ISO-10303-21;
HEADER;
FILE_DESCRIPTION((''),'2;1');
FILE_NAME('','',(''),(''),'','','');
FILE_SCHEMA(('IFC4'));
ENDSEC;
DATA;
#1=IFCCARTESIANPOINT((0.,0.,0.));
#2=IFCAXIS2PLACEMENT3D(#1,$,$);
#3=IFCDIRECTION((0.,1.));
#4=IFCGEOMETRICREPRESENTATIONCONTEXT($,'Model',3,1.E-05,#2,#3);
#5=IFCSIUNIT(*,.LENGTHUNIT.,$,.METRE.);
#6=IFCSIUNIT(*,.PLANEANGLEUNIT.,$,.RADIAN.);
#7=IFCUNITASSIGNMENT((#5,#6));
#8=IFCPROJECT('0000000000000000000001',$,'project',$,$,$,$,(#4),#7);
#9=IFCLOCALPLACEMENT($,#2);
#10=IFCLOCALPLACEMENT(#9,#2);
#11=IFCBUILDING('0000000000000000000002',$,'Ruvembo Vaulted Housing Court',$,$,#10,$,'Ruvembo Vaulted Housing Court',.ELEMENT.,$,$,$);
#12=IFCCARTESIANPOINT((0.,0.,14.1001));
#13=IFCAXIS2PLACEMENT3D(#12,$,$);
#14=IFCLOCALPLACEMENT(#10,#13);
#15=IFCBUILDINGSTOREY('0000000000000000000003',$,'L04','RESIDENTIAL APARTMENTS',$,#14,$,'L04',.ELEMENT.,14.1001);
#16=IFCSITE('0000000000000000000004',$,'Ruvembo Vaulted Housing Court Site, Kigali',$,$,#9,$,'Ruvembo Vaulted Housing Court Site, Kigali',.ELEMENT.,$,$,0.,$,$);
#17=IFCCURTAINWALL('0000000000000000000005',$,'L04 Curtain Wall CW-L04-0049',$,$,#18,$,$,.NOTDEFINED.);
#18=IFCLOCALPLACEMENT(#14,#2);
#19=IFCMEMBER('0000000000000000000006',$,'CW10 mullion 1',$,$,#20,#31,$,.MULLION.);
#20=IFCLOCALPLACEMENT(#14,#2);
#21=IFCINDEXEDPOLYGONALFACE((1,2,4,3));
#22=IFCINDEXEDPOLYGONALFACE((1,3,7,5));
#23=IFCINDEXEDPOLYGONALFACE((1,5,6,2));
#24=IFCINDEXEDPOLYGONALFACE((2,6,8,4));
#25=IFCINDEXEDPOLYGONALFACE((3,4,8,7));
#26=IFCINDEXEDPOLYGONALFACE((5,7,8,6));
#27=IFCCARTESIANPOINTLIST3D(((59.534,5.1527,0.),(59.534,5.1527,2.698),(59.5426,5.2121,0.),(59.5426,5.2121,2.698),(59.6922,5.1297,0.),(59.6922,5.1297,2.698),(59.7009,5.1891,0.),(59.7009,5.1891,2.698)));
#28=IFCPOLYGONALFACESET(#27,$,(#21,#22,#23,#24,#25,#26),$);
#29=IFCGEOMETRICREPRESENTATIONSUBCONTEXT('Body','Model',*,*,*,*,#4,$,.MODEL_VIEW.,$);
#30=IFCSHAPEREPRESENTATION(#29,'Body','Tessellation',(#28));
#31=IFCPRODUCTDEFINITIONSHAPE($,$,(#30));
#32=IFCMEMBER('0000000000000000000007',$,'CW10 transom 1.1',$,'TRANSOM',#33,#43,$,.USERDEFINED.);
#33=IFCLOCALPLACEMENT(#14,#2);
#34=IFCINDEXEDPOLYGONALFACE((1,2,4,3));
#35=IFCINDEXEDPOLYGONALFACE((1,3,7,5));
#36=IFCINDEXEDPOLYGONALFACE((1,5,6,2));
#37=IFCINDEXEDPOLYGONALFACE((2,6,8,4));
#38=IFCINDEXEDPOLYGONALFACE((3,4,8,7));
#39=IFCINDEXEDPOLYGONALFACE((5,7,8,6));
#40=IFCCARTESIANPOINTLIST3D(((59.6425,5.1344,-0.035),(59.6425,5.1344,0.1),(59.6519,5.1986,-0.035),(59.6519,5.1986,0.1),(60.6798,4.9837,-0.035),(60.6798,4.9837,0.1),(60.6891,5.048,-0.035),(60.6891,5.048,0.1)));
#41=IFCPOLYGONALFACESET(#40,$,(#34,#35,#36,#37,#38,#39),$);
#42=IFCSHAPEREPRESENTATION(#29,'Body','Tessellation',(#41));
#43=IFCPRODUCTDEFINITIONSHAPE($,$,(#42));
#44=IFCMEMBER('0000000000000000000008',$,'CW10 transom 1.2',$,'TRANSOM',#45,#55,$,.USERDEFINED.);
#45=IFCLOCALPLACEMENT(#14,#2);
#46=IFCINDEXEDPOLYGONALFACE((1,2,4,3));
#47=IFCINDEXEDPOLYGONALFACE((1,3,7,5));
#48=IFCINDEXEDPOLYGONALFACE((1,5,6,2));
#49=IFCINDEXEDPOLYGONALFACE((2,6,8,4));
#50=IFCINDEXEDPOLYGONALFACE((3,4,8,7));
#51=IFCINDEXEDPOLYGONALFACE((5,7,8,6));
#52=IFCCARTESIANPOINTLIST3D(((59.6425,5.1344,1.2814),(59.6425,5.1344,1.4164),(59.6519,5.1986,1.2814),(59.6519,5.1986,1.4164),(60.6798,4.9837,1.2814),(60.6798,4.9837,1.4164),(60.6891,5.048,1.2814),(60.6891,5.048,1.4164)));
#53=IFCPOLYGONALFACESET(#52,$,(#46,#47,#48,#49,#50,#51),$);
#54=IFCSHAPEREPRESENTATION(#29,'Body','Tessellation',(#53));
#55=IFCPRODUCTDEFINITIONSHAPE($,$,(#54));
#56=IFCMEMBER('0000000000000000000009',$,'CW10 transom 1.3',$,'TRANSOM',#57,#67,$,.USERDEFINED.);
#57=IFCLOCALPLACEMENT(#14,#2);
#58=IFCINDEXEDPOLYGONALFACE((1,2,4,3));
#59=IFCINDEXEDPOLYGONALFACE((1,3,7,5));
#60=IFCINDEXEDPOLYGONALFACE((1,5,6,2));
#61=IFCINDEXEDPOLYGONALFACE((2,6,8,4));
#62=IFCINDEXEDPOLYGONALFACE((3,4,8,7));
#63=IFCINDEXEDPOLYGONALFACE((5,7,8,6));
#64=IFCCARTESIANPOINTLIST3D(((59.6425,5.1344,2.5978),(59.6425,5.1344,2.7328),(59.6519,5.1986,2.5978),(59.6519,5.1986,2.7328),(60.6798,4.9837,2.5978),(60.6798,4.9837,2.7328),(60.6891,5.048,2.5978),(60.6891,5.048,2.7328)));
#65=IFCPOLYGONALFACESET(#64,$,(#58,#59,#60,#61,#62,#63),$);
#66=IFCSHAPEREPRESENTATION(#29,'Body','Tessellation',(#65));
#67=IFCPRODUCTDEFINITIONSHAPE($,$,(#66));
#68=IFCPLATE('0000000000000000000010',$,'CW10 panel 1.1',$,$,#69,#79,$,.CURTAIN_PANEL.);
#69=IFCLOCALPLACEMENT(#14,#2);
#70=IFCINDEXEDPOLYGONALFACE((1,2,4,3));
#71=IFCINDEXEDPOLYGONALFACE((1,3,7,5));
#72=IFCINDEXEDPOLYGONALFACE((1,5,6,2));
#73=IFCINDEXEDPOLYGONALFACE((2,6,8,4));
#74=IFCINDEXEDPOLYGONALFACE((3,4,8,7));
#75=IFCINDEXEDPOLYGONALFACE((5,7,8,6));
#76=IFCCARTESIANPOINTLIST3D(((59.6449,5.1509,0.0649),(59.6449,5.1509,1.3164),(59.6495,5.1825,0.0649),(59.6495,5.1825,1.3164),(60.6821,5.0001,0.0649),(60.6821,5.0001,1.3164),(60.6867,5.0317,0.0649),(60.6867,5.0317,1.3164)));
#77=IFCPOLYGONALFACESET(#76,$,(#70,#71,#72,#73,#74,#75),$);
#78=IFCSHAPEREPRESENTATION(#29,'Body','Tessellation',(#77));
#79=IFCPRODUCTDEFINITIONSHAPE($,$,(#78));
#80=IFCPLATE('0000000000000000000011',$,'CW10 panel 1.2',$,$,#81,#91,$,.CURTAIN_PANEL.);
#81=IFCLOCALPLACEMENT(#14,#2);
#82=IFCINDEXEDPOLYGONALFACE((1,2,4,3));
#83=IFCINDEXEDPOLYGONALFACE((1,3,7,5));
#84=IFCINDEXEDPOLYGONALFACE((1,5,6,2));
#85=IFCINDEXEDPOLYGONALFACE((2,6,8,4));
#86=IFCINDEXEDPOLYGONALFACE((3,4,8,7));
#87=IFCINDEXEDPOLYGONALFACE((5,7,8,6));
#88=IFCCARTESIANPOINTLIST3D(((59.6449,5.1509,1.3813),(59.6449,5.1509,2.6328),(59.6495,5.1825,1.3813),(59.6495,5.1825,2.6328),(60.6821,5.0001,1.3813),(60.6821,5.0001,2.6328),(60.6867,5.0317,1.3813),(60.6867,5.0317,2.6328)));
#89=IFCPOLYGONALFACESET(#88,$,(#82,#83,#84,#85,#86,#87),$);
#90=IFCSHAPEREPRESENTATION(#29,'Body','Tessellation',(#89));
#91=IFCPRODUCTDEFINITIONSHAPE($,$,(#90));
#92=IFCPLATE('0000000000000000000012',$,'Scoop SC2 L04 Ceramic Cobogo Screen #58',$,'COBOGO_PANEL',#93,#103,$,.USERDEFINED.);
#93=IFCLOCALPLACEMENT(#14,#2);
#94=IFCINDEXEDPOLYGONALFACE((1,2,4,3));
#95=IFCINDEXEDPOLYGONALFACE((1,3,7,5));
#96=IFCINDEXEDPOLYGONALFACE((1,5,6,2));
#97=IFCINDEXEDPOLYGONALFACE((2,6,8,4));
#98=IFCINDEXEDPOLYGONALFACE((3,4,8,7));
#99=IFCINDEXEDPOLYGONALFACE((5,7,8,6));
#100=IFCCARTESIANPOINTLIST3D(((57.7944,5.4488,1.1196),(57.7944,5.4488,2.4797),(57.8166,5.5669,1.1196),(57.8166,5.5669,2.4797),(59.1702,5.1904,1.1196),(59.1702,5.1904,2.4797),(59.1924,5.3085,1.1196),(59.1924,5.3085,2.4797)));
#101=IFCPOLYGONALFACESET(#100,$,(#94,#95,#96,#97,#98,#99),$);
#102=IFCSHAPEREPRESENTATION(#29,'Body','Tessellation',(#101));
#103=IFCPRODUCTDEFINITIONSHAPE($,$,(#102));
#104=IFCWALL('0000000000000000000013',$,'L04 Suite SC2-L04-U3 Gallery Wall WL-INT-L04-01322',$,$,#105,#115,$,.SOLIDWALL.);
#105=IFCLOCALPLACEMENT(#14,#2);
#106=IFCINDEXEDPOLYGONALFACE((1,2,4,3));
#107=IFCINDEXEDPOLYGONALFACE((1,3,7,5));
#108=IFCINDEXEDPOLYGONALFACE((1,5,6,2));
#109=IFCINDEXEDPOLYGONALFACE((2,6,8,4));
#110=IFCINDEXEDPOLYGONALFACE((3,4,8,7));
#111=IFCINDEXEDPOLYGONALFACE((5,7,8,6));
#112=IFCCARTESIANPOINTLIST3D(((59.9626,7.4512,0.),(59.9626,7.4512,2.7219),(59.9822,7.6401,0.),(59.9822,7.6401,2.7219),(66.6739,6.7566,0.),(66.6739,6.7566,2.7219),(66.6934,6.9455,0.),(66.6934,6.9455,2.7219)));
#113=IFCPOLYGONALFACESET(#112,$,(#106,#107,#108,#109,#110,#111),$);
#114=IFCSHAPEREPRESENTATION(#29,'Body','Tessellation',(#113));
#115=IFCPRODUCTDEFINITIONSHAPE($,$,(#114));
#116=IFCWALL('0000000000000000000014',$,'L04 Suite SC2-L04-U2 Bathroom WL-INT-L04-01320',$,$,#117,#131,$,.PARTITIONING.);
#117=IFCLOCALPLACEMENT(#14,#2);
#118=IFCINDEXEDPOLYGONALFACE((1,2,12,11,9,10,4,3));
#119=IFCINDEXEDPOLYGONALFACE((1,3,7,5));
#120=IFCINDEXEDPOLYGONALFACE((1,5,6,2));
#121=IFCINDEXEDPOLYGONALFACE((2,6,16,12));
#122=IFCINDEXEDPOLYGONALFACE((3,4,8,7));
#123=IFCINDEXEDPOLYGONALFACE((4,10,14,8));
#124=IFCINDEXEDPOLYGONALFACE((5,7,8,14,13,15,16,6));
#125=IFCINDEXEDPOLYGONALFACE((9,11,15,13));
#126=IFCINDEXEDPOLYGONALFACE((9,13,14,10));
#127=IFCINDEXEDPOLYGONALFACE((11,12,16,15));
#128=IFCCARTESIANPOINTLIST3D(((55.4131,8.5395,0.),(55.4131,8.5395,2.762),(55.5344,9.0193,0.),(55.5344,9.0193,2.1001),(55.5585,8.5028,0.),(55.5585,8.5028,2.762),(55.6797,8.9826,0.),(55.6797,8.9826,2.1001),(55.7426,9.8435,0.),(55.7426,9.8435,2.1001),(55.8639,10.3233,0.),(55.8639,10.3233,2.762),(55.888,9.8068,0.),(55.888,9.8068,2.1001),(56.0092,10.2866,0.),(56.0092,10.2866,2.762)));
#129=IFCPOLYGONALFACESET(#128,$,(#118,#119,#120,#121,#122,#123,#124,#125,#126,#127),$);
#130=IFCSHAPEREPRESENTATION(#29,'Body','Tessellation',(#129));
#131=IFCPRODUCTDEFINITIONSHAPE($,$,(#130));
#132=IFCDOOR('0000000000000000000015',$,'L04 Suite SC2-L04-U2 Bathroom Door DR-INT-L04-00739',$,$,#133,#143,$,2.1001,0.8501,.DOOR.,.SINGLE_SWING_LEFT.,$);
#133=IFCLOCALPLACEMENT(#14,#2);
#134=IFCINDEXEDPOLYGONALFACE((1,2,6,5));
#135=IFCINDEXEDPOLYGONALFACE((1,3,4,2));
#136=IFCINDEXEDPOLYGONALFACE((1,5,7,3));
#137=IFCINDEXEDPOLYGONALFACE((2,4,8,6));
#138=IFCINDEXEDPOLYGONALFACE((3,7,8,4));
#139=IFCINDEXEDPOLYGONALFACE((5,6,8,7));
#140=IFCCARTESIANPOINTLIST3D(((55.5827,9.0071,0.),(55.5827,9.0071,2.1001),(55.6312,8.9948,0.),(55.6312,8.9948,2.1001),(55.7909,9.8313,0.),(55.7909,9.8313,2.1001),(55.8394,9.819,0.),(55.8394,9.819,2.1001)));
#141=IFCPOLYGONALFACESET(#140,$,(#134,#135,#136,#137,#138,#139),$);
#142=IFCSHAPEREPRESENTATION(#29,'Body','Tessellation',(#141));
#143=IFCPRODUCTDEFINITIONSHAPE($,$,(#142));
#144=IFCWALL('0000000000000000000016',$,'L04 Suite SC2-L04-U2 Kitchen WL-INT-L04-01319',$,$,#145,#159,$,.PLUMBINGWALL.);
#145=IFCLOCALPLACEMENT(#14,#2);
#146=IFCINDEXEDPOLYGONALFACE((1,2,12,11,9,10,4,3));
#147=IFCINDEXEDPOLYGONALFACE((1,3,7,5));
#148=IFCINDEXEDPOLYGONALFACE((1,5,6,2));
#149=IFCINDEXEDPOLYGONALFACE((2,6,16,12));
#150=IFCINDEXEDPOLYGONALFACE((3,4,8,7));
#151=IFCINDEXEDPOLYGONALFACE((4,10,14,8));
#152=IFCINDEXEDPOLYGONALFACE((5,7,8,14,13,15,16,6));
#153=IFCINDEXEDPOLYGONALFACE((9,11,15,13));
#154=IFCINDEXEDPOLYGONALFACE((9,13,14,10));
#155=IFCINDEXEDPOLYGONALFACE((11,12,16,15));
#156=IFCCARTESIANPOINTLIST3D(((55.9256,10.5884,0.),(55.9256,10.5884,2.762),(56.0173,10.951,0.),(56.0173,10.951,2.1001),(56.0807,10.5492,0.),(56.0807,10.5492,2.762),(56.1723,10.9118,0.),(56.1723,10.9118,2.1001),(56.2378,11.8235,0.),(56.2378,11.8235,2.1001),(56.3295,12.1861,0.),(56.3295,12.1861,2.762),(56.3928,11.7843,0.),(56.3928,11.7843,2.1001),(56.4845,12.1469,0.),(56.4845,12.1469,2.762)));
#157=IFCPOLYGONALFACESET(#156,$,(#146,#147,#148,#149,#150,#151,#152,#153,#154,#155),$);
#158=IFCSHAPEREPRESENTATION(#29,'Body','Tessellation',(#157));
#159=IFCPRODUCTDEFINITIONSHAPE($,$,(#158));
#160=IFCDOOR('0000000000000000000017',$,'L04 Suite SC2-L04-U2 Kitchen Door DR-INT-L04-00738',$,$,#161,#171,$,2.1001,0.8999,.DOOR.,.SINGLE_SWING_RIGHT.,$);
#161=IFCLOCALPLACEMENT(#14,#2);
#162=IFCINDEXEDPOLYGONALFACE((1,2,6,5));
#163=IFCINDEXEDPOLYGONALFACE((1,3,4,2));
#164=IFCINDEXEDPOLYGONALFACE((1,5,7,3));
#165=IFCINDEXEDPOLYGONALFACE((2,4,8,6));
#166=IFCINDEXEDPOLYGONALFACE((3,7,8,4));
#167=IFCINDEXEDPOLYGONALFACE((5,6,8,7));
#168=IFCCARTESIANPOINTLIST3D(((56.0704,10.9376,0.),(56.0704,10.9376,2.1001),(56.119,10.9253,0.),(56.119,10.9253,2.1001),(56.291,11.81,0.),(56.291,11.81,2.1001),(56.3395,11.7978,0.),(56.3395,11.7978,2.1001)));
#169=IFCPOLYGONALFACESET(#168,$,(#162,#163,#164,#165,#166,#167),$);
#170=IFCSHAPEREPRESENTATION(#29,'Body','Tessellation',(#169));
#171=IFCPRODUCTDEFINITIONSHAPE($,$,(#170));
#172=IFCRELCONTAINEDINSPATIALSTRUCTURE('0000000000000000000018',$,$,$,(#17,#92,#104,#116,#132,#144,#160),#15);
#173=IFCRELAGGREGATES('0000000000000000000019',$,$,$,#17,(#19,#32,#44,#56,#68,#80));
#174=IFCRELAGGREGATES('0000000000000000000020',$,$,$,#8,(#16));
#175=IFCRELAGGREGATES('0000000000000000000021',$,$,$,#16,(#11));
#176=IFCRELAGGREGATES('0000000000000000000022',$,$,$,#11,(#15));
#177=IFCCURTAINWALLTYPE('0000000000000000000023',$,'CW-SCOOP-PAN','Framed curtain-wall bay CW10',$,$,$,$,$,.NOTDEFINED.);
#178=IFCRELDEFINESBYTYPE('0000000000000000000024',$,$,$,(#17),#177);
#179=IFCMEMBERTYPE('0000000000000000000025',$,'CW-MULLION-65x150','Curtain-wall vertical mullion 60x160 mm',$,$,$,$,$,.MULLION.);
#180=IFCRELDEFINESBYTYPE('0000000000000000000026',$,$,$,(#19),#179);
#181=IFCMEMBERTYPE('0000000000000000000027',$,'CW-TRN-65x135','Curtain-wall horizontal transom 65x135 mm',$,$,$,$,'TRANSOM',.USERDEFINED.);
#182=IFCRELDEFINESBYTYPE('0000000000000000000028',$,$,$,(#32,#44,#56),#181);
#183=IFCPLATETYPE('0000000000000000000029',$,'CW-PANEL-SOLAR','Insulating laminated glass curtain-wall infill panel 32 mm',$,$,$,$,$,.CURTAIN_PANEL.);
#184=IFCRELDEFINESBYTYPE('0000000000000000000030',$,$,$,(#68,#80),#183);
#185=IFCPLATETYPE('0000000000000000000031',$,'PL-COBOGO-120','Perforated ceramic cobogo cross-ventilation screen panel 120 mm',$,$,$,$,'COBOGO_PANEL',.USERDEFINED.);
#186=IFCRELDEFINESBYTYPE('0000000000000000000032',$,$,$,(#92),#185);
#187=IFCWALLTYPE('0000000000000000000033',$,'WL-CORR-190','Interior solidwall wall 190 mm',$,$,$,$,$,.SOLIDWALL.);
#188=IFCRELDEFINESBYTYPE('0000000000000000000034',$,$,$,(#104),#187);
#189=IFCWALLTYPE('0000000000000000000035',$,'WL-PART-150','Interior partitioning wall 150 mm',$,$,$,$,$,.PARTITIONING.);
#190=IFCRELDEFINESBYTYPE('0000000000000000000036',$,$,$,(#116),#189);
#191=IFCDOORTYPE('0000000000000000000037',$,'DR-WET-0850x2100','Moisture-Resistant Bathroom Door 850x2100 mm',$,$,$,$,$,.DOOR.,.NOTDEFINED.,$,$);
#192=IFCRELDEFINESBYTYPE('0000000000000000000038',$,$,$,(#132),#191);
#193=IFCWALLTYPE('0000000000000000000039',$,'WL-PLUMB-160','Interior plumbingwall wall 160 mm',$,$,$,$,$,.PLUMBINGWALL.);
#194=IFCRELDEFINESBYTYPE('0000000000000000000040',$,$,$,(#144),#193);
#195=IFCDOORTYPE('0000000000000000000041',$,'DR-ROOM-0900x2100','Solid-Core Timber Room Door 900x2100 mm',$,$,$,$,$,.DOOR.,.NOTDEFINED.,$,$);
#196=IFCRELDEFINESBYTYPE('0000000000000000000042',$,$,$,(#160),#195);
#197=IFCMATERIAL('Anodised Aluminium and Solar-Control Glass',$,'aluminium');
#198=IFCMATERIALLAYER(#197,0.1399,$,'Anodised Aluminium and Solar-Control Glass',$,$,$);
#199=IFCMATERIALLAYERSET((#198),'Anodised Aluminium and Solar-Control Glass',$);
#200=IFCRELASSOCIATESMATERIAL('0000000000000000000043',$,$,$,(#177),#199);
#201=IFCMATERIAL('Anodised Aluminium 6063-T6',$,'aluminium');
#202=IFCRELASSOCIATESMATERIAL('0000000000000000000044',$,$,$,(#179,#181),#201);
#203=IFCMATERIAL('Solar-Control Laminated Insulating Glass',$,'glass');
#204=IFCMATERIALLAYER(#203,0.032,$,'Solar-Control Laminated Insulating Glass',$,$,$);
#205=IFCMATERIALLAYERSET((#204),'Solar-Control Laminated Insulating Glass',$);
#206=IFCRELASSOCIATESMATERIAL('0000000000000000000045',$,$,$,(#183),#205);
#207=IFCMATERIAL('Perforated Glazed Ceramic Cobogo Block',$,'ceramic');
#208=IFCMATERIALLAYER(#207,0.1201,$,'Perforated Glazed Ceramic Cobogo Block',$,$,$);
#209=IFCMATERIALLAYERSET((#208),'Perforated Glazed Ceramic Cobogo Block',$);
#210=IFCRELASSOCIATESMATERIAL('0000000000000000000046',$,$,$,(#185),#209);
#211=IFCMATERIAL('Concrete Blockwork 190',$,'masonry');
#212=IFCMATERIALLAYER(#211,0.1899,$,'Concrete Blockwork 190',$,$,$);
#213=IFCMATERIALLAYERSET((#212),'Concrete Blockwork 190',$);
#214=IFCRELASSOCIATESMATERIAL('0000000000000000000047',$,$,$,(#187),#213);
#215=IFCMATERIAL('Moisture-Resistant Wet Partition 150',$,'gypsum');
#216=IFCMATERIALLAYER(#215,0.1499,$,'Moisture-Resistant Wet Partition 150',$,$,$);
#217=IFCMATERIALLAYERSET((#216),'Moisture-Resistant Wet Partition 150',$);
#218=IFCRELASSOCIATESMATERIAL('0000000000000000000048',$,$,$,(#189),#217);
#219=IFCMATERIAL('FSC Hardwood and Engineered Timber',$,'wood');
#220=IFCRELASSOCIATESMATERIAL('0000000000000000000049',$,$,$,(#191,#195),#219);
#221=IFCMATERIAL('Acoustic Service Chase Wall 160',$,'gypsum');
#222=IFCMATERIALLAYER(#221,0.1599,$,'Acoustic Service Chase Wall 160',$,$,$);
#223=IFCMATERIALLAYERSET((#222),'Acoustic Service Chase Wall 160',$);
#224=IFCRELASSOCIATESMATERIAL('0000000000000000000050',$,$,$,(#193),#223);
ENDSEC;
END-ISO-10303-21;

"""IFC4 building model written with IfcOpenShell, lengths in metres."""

from ifc_helpers import new_model, si_unit, direction, frame, frame_2d, origin, origin_2d, place, context, subcontext, project, spatial, rectangle, extrude, material, layer, layer_set, material_profile, profile_set, type_object, element, fill, aggregate, save


model = new_model("IFC4")

# Units and contexts
model_context = context("Model", 3, precision=1e-05, world=origin(), true_north=direction((0.0, 1.0)))
body_context = subcontext(model_context, "Body", "Model", "MODEL_VIEW")
ifc_project = project(units=[si_unit("LENGTHUNIT", "METRE"), si_unit("PLANEANGLEUNIT", "RADIAN")], contexts=[model_context])

# Site, building, storey
site_placement = place(None, origin())
site = spatial("IfcSite", under=ifc_project, at=site_placement, Name="Ruvembo Vaulted Housing Court Site, Kigali", LongName="Ruvembo Vaulted Housing Court Site, Kigali", CompositionType="ELEMENT", RefElevation=0.0)
building_placement = place(site_placement, origin())
building = spatial("IfcBuilding", under=site, at=building_placement, Name="Ruvembo Vaulted Housing Court", LongName="Ruvembo Vaulted Housing Court", CompositionType="ELEMENT")
storey_placement = place(building_placement, frame((0.0, 0.0, 14.1001)))
storey = spatial("IfcBuildingStorey", under=building, at=storey_placement, Name="L04", Description="RESIDENTIAL APARTMENTS", LongName="L04", CompositionType="ELEMENT", Elevation=14.1001)

# Curtain wall, members, plates
ifc_material_1 = material(Name="Anodised Aluminium and Solar-Control Glass", Category="aluminium")
ifc_layer_1 = layer(ifc_material_1, 0.1399, Name="Anodised Aluminium and Solar-Control Glass")
ifc_layer_set_1 = layer_set([ifc_layer_1], Name="Anodised Aluminium and Solar-Control Glass")
curtain_wall_type = type_object("IfcCurtainWallType", Name="CW-SCOOP-PAN", Description="Framed curtain-wall bay CW10", PredefinedType="NOTDEFINED", material=ifc_layer_set_1)
curtain_wall_placement = place(storey_placement, origin())
curtain_wall = element("IfcCurtainWall", 1, at=curtain_wall_placement, inside=storey, type_object=curtain_wall_type, Name="L04 Curtain Wall CW-L04-0049", PredefinedType="NOTDEFINED")
ifc_material_2 = material(Name="Anodised Aluminium 6063-T6", Category="aluminium")
ifc_material_profile_1 = material_profile(ifc_material_2, rectangle(XDim=0.0601, YDim=0.1599, at=origin_2d()), Name="ALU 60x160")
ifc_profile_set_1 = profile_set([ifc_material_profile_1], Name="Anodised Aluminium 6063-T6")
member_type_1 = type_object("IfcMemberType", Name="CW-MULLION-65x150", Description="Curtain-wall vertical mullion 60x160 mm", PredefinedType="MULLION", material=ifc_profile_set_1)
member_1_placement = place(storey_placement, frame((59.6174, 5.1709, 0.0), z_axis=(0.0, 0.0, 1.0), x_axis=(0.143851, 0.989599, 0.0)))
member_1 = element("IfcMember", 2, at=member_1_placement, type_object=member_type_1, Name="CW10 mullion 1", PredefinedType="MULLION", context=body_context, shape_type="SweptSolid", body=[
    extrude(rectangle(XDim=0.0601, YDim=0.1599, at=origin_2d()), origin(), (0.0, 0.0, 1.0), 2.698),
])
ifc_material_profile_2 = material_profile(ifc_material_2, rectangle(XDim=0.0649, YDim=0.135, at=origin_2d()), Name="ALU 65x135")
ifc_profile_set_2 = profile_set([ifc_material_profile_2], Name="Anodised Aluminium 6063-T6")
member_type_2 = type_object("IfcMemberType", Name="CW-TRN-65x135", Description="Curtain-wall horizontal transom 65x135 mm", ElementType="TRANSOM", PredefinedType="USERDEFINED", material=ifc_profile_set_2)
member_2_placement = place(storey_placement, frame((59.6472, 5.1665, 0.0325), z_axis=(0.989616, -0.143737, 0.0), x_axis=(0.143737, 0.989616, 0.0)))
member_2 = element("IfcMember", 3, at=member_2_placement, type_object=member_type_2, Name="CW10 transom 1.1", ObjectType="TRANSOM", PredefinedType="USERDEFINED", context=body_context, shape_type="SweptSolid", body=[
    extrude(rectangle(XDim=0.0649, YDim=0.135, at=origin_2d()), origin(), (0.0, 0.0, 1.0), 1.0481),
])
member_3_placement = place(storey_placement, frame((59.6472, 5.1665, 1.3489), z_axis=(0.989616, -0.143737, 0.0), x_axis=(0.143737, 0.989616, 0.0)))
member_3 = element("IfcMember", 4, at=member_3_placement, type_object=member_type_2, Name="CW10 transom 1.2", ObjectType="TRANSOM", PredefinedType="USERDEFINED", context=body_context, shape_type="SweptSolid", body=[
    extrude(rectangle(XDim=0.0649, YDim=0.135, at=origin_2d()), origin(), (0.0, 0.0, 1.0), 1.0481),
])
member_4_placement = place(storey_placement, frame((59.6472, 5.1665, 2.6653), z_axis=(0.989616, -0.143737, 0.0), x_axis=(0.143737, 0.989616, 0.0)))
member_4 = element("IfcMember", 5, at=member_4_placement, type_object=member_type_2, Name="CW10 transom 1.3", ObjectType="TRANSOM", PredefinedType="USERDEFINED", context=body_context, shape_type="SweptSolid", body=[
    extrude(rectangle(XDim=0.0649, YDim=0.135, at=origin_2d()), origin(), (0.0, 0.0, 1.0), 1.0481),
])
ifc_material_3 = material(Name="Solar-Control Laminated Insulating Glass", Category="glass")
ifc_layer_2 = layer(ifc_material_3, 0.032, Name="Solar-Control Laminated Insulating Glass")
ifc_layer_set_2 = layer_set([ifc_layer_2], Name="Solar-Control Laminated Insulating Glass")
plate_type_1 = type_object("IfcPlateType", Name="CW-PANEL-SOLAR", Description="Insulating laminated glass curtain-wall infill panel 32 mm", PredefinedType="CURTAIN_PANEL", material=ifc_layer_set_2)
plate_1_placement = place(storey_placement, frame((60.1658, 5.0913, 0.0649), z_axis=(0.0, 0.0, 1.0), x_axis=(0.989599, -0.143851, 0.0)))
plate_1 = element("IfcPlate", 6, at=plate_1_placement, type_object=plate_type_1, Name="CW10 panel 1.1", PredefinedType="CURTAIN_PANEL", context=body_context, shape_type="SweptSolid", body=[
    extrude(rectangle(XDim=1.0481, YDim=0.032, at=origin_2d()), origin(), (0.0, 0.0, 1.0), 1.2515),
])
plate_2_placement = place(storey_placement, frame((60.1658, 5.0913, 1.3813), z_axis=(0.0, 0.0, 1.0), x_axis=(0.989599, -0.143851, 0.0)))
plate_2 = element("IfcPlate", 7, at=plate_2_placement, type_object=plate_type_1, Name="CW10 panel 1.2", PredefinedType="CURTAIN_PANEL", context=body_context, shape_type="SweptSolid", body=[
    extrude(rectangle(XDim=1.0481, YDim=0.032, at=origin_2d()), origin(), (0.0, 0.0, 1.0), 1.2515),
])
aggregate(curtain_wall, [member_1, member_2, member_3, member_4, plate_1, plate_2])

# Plate
ifc_material_4 = material(Name="Perforated Glazed Ceramic Cobogo Block", Category="ceramic")
ifc_layer_3 = layer(ifc_material_4, 0.1201, Name="Perforated Glazed Ceramic Cobogo Block")
ifc_layer_set_3 = layer_set([ifc_layer_3], Name="Perforated Glazed Ceramic Cobogo Block")
plate_type_2 = type_object("IfcPlateType", Name="PL-COBOGO-120", Description="Perforated ceramic cobogo cross-ventilation screen panel 120 mm", ElementType="COBOGO_PANEL", PredefinedType="USERDEFINED", material=ifc_layer_set_3)
plate_3_placement = place(storey_placement, frame((58.4934, 5.3787, 1.1196), z_axis=(0.0, 0.0, 1.0), x_axis=(0.982816, -0.184586, 0.0)))
element("IfcPlate", 8, at=plate_3_placement, inside=storey, type_object=plate_type_2, Name="Scoop SC2 L04 Ceramic Cobogo Screen #58", ObjectType="COBOGO_PANEL", PredefinedType="USERDEFINED", context=body_context, shape_type="SweptSolid", body=[
    extrude(rectangle(XDim=1.3999, YDim=0.1201, at=origin_2d()), origin(), (0.0, 0.0, 1.0), 1.3601),
])

# Shared definitions
ifc_material_5 = material(Name="Concrete Blockwork 190", Category="masonry")
ifc_layer_4 = layer(ifc_material_5, 0.1899, Name="Concrete Blockwork 190")
ifc_layer_set_4 = layer_set([ifc_layer_4], Name="Concrete Blockwork 190")
wall_type_1 = type_object("IfcWallType", Name="WL-CORR-190", Description="Interior solidwall wall 190 mm", PredefinedType="SOLIDWALL", material=ifc_layer_set_4)
ifc_material_6 = material(Name="FSC Hardwood and Engineered Timber", Category="wood")

# Wall
wall_1_placement = place(storey_placement, frame((59.9724, 7.5457, 0.0), z_axis=(0.0, 0.0, 1.0), x_axis=(0.994687, -0.102946, 0.0)))
element("IfcWall", 9, at=wall_1_placement, inside=storey, type_object=wall_type_1, Name="L04 Suite SC2-L04-U3 Gallery Wall WL-INT-L04-01322", PredefinedType="SOLIDWALL", context=body_context, shape_type="SweptSolid", body=[
    extrude(rectangle(XDim=6.7471, YDim=0.1899, at=frame_2d((3.3735, 0.0))), origin(), (0.0, 0.0, 1.0), 2.7219),
])

# Walls, openings, doors
ifc_material_7 = material(Name="Moisture-Resistant Wet Partition 150", Category="gypsum")
ifc_layer_5 = layer(ifc_material_7, 0.1499, Name="Moisture-Resistant Wet Partition 150")
ifc_layer_set_5 = layer_set([ifc_layer_5], Name="Moisture-Resistant Wet Partition 150")
wall_type_2 = type_object("IfcWallType", Name="WL-PART-150", Description="Interior partitioning wall 150 mm", PredefinedType="PARTITIONING", material=ifc_layer_set_5)
wall_2_placement = place(storey_placement, frame((55.9365, 10.3049, 0.0), z_axis=(0.0, 0.0, 1.0), x_axis=(-0.24497, -0.969531, 0.0)))
wall_2 = element("IfcWall", 10, at=wall_2_placement, inside=storey, type_object=wall_type_2, Name="L04 Suite SC2-L04-U2 Bathroom WL-INT-L04-01320", PredefinedType="PARTITIONING", context=body_context, shape_type="SweptSolid", body=[
    extrude(rectangle(XDim=1.8398, YDim=0.1499, at=frame_2d((0.9199, 0.0))), origin(), (0.0, 0.0, 1.0), 2.762),
])
opening_1_placement = place(wall_2_placement, frame((0.4949, 0.0, 0.0)))
opening_1 = element("IfcOpeningElement", 11, at=opening_1_placement, cuts=wall_2, PredefinedType="OPENING", context=body_context, shape_type="SweptSolid", body=[
    extrude(rectangle(XDim=0.8501, YDim=2.1001, at=frame_2d((0.425, 1.05))), frame((0.0, 0.085, 0.0), z_axis=(0.0, -1.0, 0.0), x_axis=(1.0, 0.0, 0.0)), (0.0, 0.0, 1.0), 0.1699),
])
door_type_1 = type_object("IfcDoorType", Name="DR-WET-0850x2100", Description="Moisture-Resistant Bathroom Door 850x2100 mm", OperationType="NOTDEFINED", PredefinedType="DOOR", material=ifc_material_6)
door_1_placement = place(opening_1_placement, origin())
door_1 = element("IfcDoor", 12, at=door_1_placement, inside=storey, type_object=door_type_1, Name="L04 Suite SC2-L04-U2 Bathroom Door DR-INT-L04-00739", OperationType="SINGLE_SWING_LEFT", OverallHeight=2.1001, OverallWidth=0.8501, PredefinedType="DOOR", context=body_context, shape_type="SweptSolid", body=[
    extrude(rectangle(XDim=0.8501, YDim=2.1001, at=frame_2d((0.425, 1.05))), frame((0.0, 0.0249, 0.0), z_axis=(0.0, -1.0, 0.0), x_axis=(1.0, 0.0, 0.0)), (0.0, 0.0, 1.0), 0.05),
])
fill(opening_1, door_1)
ifc_material_8 = material(Name="Acoustic Service Chase Wall 160", Category="gypsum")
ifc_layer_6 = layer(ifc_material_8, 0.1599, Name="Acoustic Service Chase Wall 160")
ifc_layer_set_6 = layer_set([ifc_layer_6], Name="Acoustic Service Chase Wall 160")
wall_type_3 = type_object("IfcWallType", Name="WL-PLUMB-160", Description="Interior plumbingwall wall 160 mm", PredefinedType="PLUMBINGWALL", material=ifc_layer_set_6)
wall_3_placement = place(storey_placement, frame((56.407, 12.1665, 0.0), z_axis=(0.0, 0.0, 1.0), x_axis=(-0.245045, -0.969512, 0.0)))
wall_3 = element("IfcWall", 13, at=wall_3_placement, inside=storey, type_object=wall_type_3, Name="L04 Suite SC2-L04-U2 Kitchen WL-INT-L04-01319", PredefinedType="PLUMBINGWALL", context=body_context, shape_type="SweptSolid", body=[
    extrude(rectangle(XDim=1.6479, YDim=0.1599, at=frame_2d((0.824, 0.0))), origin(), (0.0, 0.0, 1.0), 2.762),
])
opening_2_placement = place(wall_3_placement, frame((0.374, 0.0, 0.0)))
opening_2 = element("IfcOpeningElement", 14, at=opening_2_placement, cuts=wall_3, PredefinedType="OPENING", context=body_context, shape_type="SweptSolid", body=[
    extrude(rectangle(XDim=0.8999, YDim=2.1001, at=frame_2d((0.45, 1.05))), frame((0.0, 0.0898, 0.0), z_axis=(0.0, -1.0, 0.0), x_axis=(1.0, 0.0, 0.0)), (0.0, 0.0, 1.0), 0.1799),
])
door_type_2 = type_object("IfcDoorType", Name="DR-ROOM-0900x2100", Description="Solid-Core Timber Room Door 900x2100 mm", OperationType="NOTDEFINED", PredefinedType="DOOR", material=ifc_material_6)
door_2_placement = place(opening_2_placement, origin())
door_2 = element("IfcDoor", 15, at=door_2_placement, inside=storey, type_object=door_type_2, Name="L04 Suite SC2-L04-U2 Kitchen Door DR-INT-L04-00738", OperationType="SINGLE_SWING_RIGHT", OverallHeight=2.1001, OverallWidth=0.8999, PredefinedType="DOOR", context=body_context, shape_type="SweptSolid", body=[
    extrude(rectangle(XDim=0.8999, YDim=2.1001, at=frame_2d((0.45, 1.05))), frame((0.0, 0.0249, 0.0), z_axis=(0.0, -1.0, 0.0), x_axis=(1.0, 0.0, 0.0)), (0.0, 0.0, 1.0), 0.05),
])
fill(opening_2, door_2)

save(model, "model.ifc")
